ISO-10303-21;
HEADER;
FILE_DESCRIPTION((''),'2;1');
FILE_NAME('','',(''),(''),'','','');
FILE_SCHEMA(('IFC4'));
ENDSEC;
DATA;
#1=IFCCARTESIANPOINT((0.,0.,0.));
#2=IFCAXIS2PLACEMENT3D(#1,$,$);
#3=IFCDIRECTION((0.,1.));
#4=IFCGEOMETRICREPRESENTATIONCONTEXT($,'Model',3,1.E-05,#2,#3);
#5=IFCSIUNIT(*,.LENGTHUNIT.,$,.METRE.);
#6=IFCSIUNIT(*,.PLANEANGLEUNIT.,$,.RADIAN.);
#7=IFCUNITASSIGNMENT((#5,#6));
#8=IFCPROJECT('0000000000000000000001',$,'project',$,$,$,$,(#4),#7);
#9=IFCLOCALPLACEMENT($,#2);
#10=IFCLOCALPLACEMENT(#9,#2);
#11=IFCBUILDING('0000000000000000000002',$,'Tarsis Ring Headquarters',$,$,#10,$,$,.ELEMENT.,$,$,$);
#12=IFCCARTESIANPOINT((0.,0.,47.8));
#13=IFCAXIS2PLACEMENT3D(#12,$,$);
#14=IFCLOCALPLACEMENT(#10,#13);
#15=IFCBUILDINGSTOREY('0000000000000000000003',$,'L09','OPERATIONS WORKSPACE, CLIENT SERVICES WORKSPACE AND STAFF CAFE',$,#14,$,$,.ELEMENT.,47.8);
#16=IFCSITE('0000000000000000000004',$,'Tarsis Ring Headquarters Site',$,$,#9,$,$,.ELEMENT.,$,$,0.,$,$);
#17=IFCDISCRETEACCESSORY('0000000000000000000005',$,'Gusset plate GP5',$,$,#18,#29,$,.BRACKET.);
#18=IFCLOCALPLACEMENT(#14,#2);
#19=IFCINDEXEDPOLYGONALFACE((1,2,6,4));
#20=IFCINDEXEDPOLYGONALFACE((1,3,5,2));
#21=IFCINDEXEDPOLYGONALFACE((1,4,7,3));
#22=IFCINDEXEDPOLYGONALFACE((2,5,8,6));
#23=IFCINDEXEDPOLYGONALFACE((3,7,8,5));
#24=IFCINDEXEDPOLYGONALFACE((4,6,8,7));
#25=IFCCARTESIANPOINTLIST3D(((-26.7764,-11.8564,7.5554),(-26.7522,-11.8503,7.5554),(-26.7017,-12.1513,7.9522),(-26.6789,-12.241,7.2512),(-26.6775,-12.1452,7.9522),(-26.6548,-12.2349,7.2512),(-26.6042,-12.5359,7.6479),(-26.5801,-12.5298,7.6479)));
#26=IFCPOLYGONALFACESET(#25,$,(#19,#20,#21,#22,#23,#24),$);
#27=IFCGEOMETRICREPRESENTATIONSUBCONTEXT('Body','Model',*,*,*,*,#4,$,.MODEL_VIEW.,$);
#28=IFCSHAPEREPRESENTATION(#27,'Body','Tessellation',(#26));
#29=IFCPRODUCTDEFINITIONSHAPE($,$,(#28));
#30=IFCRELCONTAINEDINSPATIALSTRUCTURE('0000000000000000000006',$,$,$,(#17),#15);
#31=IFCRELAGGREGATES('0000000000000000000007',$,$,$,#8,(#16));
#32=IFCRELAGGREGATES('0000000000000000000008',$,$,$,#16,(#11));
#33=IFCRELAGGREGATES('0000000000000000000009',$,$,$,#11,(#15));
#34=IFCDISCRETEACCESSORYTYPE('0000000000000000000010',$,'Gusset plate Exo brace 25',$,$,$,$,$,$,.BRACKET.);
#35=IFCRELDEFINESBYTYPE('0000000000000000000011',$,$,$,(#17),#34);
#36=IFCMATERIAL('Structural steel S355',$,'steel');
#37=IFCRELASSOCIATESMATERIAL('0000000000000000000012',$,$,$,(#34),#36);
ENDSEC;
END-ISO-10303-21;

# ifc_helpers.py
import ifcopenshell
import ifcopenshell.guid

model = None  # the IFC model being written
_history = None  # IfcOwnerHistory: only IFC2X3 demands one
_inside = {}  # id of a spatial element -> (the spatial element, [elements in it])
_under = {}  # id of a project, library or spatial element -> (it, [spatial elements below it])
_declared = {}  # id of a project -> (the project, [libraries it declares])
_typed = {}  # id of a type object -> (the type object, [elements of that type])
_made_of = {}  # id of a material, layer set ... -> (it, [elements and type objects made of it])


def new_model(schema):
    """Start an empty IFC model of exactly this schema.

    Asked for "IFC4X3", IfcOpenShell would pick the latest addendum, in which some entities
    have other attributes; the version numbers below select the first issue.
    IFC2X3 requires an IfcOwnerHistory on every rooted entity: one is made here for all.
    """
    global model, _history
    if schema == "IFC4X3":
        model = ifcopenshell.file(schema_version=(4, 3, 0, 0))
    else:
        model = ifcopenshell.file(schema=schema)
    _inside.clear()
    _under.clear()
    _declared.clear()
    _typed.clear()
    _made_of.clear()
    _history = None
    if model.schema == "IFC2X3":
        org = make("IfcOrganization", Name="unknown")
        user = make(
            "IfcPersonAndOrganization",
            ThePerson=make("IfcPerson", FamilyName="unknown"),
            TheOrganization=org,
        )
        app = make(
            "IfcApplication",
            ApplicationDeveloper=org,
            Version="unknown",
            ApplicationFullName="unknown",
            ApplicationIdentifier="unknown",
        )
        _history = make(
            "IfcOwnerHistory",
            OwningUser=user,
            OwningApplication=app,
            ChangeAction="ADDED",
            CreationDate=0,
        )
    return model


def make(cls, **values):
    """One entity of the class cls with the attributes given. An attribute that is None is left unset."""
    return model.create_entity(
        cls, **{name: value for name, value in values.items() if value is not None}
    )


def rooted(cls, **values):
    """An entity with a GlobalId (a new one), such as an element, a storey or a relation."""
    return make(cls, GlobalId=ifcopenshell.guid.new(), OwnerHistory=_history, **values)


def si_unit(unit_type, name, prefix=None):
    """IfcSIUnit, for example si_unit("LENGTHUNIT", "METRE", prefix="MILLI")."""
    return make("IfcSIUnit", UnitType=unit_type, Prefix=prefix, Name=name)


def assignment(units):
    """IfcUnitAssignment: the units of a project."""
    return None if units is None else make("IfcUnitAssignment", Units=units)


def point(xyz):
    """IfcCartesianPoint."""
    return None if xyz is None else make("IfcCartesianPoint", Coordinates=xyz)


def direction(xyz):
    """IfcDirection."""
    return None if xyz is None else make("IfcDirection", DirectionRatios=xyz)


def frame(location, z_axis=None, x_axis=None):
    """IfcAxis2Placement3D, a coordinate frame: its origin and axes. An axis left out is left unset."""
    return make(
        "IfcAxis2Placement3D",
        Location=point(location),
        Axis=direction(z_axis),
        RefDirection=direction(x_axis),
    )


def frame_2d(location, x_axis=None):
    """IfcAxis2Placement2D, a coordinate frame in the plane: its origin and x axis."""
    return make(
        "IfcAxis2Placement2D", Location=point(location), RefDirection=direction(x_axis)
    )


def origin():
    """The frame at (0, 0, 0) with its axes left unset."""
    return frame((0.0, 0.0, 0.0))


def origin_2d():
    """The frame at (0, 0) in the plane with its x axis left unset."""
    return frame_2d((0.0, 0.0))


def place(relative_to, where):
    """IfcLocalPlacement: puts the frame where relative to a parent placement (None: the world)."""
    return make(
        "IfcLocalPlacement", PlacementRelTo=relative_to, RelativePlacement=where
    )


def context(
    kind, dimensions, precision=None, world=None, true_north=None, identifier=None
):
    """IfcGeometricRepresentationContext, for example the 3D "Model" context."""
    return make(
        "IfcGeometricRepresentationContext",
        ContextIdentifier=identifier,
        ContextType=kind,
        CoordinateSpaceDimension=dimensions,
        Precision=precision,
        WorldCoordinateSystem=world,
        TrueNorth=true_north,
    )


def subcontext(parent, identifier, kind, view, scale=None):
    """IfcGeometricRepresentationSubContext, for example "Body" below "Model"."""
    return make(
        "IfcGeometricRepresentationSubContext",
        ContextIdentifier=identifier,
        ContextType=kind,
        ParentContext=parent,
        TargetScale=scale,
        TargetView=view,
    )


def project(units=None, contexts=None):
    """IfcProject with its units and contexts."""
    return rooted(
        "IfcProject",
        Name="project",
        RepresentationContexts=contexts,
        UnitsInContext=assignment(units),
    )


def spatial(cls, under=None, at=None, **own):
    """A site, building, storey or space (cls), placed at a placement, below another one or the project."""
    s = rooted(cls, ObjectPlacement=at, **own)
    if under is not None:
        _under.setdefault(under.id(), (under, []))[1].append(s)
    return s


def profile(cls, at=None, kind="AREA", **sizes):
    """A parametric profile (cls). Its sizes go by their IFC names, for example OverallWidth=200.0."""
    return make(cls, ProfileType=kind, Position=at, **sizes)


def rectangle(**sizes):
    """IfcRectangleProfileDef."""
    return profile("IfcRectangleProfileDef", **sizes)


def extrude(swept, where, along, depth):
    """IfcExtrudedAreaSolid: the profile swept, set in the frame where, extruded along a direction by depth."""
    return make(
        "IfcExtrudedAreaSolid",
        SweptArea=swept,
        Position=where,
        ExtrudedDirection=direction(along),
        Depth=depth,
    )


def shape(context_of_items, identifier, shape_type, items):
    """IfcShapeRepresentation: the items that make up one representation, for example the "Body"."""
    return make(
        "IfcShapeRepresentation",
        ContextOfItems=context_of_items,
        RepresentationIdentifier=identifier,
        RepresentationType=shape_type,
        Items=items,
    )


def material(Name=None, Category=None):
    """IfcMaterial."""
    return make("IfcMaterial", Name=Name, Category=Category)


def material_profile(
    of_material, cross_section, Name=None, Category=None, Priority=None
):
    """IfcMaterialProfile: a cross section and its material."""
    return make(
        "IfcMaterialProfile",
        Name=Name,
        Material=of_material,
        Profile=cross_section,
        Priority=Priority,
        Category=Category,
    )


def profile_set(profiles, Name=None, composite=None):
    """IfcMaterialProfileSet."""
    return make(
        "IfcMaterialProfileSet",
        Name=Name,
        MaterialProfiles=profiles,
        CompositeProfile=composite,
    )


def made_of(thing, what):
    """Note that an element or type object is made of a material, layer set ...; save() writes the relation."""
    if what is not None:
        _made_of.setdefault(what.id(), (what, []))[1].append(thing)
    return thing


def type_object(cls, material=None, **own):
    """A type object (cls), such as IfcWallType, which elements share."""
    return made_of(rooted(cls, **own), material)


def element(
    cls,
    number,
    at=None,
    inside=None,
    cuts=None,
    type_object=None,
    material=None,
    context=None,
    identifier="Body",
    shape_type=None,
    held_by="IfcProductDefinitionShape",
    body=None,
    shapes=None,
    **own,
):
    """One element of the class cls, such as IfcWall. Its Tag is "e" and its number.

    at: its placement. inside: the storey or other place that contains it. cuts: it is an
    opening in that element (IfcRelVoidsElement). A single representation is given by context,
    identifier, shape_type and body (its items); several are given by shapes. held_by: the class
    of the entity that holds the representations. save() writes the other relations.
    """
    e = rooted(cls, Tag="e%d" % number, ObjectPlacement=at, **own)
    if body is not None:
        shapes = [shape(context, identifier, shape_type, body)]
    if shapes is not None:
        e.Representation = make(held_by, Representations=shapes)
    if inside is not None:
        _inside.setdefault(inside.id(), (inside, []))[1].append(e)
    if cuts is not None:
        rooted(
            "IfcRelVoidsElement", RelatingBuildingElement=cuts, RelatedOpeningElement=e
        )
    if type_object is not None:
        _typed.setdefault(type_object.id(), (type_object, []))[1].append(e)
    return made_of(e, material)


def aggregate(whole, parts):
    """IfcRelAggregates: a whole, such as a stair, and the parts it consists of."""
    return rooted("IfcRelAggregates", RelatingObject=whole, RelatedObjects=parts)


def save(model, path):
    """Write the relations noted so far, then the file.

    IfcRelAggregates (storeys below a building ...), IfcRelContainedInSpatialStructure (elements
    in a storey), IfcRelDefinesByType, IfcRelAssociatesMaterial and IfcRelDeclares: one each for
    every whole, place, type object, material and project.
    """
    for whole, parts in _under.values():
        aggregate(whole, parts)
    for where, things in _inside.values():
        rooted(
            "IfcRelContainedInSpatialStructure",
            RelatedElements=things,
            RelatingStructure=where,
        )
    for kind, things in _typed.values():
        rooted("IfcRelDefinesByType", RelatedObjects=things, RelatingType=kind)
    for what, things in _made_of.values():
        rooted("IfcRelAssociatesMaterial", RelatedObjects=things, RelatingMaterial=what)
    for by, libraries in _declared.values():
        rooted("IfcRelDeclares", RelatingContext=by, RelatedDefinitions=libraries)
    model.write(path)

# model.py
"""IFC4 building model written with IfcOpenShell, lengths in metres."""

from ifc_helpers import new_model, si_unit, direction, frame, origin, origin_2d, place, context, subcontext, project, spatial, rectangle, extrude, material, material_profile, profile_set, type_object, element, save


model = new_model("IFC4")

# Units and contexts
model_context = context("Model", 3, precision=1e-05, world=origin(), true_north=direction((0.0, 1.0)))
body_context = subcontext(model_context, "Body", "Model", "MODEL_VIEW")
ifc_project = project(units=[si_unit("LENGTHUNIT", "METRE"), si_unit("PLANEANGLEUNIT", "RADIAN")], contexts=[model_context])

# Site, building, storey
site_placement = place(None, origin())
site = spatial("IfcSite", under=ifc_project, at=site_placement, Name="Tarsis Ring Headquarters Site", CompositionType="ELEMENT", RefElevation=0.0)
building_placement = place(site_placement, origin())
building = spatial("IfcBuilding", under=site, at=building_placement, Name="Tarsis Ring Headquarters", CompositionType="ELEMENT")
storey_placement = place(building_placement, frame((0.0, 0.0, 47.8)))
storey = spatial("IfcBuildingStorey", under=building, at=storey_placement, Name="L09", Description="OPERATIONS WORKSPACE, CLIENT SERVICES WORKSPACE AND STAFF CAFE", CompositionType="ELEMENT", Elevation=47.8)

# Shared definitions
ifc_material_1 = material(Name="Structural steel S355", Category="steel")

# Discrete accessory
ifc_material_profile_1 = material_profile(ifc_material_1, rectangle(XDim=0.0249, YDim=0.5, at=origin_2d()), Name="PL 25x500")
ifc_profile_set_1 = profile_set([ifc_material_profile_1], Name="Structural steel S355")
discrete_accessory_type = type_object("IfcDiscreteAccessoryType", Name="Gusset plate Exo brace 25", PredefinedType="BRACKET", material=ifc_profile_set_1)
discrete_accessory_placement = place(storey_placement, frame((-26.6409, -12.3406, 7.8), z_axis=(-0.149428, 0.589899, -0.793531), x_axis=(-0.969383, -0.245556, 0.0)))
element("IfcDiscreteAccessory", 1, at=discrete_accessory_placement, inside=storey, type_object=discrete_accessory_type, Name="Gusset plate GP5", PredefinedType="BRACKET", context=body_context, shape_type="SweptSolid", body=[
    extrude(rectangle(XDim=0.0249, YDim=0.5, at=origin_2d()), origin(), (0.0, 0.0, 1.0), 0.5),
])

save(model, "model.ifc")
